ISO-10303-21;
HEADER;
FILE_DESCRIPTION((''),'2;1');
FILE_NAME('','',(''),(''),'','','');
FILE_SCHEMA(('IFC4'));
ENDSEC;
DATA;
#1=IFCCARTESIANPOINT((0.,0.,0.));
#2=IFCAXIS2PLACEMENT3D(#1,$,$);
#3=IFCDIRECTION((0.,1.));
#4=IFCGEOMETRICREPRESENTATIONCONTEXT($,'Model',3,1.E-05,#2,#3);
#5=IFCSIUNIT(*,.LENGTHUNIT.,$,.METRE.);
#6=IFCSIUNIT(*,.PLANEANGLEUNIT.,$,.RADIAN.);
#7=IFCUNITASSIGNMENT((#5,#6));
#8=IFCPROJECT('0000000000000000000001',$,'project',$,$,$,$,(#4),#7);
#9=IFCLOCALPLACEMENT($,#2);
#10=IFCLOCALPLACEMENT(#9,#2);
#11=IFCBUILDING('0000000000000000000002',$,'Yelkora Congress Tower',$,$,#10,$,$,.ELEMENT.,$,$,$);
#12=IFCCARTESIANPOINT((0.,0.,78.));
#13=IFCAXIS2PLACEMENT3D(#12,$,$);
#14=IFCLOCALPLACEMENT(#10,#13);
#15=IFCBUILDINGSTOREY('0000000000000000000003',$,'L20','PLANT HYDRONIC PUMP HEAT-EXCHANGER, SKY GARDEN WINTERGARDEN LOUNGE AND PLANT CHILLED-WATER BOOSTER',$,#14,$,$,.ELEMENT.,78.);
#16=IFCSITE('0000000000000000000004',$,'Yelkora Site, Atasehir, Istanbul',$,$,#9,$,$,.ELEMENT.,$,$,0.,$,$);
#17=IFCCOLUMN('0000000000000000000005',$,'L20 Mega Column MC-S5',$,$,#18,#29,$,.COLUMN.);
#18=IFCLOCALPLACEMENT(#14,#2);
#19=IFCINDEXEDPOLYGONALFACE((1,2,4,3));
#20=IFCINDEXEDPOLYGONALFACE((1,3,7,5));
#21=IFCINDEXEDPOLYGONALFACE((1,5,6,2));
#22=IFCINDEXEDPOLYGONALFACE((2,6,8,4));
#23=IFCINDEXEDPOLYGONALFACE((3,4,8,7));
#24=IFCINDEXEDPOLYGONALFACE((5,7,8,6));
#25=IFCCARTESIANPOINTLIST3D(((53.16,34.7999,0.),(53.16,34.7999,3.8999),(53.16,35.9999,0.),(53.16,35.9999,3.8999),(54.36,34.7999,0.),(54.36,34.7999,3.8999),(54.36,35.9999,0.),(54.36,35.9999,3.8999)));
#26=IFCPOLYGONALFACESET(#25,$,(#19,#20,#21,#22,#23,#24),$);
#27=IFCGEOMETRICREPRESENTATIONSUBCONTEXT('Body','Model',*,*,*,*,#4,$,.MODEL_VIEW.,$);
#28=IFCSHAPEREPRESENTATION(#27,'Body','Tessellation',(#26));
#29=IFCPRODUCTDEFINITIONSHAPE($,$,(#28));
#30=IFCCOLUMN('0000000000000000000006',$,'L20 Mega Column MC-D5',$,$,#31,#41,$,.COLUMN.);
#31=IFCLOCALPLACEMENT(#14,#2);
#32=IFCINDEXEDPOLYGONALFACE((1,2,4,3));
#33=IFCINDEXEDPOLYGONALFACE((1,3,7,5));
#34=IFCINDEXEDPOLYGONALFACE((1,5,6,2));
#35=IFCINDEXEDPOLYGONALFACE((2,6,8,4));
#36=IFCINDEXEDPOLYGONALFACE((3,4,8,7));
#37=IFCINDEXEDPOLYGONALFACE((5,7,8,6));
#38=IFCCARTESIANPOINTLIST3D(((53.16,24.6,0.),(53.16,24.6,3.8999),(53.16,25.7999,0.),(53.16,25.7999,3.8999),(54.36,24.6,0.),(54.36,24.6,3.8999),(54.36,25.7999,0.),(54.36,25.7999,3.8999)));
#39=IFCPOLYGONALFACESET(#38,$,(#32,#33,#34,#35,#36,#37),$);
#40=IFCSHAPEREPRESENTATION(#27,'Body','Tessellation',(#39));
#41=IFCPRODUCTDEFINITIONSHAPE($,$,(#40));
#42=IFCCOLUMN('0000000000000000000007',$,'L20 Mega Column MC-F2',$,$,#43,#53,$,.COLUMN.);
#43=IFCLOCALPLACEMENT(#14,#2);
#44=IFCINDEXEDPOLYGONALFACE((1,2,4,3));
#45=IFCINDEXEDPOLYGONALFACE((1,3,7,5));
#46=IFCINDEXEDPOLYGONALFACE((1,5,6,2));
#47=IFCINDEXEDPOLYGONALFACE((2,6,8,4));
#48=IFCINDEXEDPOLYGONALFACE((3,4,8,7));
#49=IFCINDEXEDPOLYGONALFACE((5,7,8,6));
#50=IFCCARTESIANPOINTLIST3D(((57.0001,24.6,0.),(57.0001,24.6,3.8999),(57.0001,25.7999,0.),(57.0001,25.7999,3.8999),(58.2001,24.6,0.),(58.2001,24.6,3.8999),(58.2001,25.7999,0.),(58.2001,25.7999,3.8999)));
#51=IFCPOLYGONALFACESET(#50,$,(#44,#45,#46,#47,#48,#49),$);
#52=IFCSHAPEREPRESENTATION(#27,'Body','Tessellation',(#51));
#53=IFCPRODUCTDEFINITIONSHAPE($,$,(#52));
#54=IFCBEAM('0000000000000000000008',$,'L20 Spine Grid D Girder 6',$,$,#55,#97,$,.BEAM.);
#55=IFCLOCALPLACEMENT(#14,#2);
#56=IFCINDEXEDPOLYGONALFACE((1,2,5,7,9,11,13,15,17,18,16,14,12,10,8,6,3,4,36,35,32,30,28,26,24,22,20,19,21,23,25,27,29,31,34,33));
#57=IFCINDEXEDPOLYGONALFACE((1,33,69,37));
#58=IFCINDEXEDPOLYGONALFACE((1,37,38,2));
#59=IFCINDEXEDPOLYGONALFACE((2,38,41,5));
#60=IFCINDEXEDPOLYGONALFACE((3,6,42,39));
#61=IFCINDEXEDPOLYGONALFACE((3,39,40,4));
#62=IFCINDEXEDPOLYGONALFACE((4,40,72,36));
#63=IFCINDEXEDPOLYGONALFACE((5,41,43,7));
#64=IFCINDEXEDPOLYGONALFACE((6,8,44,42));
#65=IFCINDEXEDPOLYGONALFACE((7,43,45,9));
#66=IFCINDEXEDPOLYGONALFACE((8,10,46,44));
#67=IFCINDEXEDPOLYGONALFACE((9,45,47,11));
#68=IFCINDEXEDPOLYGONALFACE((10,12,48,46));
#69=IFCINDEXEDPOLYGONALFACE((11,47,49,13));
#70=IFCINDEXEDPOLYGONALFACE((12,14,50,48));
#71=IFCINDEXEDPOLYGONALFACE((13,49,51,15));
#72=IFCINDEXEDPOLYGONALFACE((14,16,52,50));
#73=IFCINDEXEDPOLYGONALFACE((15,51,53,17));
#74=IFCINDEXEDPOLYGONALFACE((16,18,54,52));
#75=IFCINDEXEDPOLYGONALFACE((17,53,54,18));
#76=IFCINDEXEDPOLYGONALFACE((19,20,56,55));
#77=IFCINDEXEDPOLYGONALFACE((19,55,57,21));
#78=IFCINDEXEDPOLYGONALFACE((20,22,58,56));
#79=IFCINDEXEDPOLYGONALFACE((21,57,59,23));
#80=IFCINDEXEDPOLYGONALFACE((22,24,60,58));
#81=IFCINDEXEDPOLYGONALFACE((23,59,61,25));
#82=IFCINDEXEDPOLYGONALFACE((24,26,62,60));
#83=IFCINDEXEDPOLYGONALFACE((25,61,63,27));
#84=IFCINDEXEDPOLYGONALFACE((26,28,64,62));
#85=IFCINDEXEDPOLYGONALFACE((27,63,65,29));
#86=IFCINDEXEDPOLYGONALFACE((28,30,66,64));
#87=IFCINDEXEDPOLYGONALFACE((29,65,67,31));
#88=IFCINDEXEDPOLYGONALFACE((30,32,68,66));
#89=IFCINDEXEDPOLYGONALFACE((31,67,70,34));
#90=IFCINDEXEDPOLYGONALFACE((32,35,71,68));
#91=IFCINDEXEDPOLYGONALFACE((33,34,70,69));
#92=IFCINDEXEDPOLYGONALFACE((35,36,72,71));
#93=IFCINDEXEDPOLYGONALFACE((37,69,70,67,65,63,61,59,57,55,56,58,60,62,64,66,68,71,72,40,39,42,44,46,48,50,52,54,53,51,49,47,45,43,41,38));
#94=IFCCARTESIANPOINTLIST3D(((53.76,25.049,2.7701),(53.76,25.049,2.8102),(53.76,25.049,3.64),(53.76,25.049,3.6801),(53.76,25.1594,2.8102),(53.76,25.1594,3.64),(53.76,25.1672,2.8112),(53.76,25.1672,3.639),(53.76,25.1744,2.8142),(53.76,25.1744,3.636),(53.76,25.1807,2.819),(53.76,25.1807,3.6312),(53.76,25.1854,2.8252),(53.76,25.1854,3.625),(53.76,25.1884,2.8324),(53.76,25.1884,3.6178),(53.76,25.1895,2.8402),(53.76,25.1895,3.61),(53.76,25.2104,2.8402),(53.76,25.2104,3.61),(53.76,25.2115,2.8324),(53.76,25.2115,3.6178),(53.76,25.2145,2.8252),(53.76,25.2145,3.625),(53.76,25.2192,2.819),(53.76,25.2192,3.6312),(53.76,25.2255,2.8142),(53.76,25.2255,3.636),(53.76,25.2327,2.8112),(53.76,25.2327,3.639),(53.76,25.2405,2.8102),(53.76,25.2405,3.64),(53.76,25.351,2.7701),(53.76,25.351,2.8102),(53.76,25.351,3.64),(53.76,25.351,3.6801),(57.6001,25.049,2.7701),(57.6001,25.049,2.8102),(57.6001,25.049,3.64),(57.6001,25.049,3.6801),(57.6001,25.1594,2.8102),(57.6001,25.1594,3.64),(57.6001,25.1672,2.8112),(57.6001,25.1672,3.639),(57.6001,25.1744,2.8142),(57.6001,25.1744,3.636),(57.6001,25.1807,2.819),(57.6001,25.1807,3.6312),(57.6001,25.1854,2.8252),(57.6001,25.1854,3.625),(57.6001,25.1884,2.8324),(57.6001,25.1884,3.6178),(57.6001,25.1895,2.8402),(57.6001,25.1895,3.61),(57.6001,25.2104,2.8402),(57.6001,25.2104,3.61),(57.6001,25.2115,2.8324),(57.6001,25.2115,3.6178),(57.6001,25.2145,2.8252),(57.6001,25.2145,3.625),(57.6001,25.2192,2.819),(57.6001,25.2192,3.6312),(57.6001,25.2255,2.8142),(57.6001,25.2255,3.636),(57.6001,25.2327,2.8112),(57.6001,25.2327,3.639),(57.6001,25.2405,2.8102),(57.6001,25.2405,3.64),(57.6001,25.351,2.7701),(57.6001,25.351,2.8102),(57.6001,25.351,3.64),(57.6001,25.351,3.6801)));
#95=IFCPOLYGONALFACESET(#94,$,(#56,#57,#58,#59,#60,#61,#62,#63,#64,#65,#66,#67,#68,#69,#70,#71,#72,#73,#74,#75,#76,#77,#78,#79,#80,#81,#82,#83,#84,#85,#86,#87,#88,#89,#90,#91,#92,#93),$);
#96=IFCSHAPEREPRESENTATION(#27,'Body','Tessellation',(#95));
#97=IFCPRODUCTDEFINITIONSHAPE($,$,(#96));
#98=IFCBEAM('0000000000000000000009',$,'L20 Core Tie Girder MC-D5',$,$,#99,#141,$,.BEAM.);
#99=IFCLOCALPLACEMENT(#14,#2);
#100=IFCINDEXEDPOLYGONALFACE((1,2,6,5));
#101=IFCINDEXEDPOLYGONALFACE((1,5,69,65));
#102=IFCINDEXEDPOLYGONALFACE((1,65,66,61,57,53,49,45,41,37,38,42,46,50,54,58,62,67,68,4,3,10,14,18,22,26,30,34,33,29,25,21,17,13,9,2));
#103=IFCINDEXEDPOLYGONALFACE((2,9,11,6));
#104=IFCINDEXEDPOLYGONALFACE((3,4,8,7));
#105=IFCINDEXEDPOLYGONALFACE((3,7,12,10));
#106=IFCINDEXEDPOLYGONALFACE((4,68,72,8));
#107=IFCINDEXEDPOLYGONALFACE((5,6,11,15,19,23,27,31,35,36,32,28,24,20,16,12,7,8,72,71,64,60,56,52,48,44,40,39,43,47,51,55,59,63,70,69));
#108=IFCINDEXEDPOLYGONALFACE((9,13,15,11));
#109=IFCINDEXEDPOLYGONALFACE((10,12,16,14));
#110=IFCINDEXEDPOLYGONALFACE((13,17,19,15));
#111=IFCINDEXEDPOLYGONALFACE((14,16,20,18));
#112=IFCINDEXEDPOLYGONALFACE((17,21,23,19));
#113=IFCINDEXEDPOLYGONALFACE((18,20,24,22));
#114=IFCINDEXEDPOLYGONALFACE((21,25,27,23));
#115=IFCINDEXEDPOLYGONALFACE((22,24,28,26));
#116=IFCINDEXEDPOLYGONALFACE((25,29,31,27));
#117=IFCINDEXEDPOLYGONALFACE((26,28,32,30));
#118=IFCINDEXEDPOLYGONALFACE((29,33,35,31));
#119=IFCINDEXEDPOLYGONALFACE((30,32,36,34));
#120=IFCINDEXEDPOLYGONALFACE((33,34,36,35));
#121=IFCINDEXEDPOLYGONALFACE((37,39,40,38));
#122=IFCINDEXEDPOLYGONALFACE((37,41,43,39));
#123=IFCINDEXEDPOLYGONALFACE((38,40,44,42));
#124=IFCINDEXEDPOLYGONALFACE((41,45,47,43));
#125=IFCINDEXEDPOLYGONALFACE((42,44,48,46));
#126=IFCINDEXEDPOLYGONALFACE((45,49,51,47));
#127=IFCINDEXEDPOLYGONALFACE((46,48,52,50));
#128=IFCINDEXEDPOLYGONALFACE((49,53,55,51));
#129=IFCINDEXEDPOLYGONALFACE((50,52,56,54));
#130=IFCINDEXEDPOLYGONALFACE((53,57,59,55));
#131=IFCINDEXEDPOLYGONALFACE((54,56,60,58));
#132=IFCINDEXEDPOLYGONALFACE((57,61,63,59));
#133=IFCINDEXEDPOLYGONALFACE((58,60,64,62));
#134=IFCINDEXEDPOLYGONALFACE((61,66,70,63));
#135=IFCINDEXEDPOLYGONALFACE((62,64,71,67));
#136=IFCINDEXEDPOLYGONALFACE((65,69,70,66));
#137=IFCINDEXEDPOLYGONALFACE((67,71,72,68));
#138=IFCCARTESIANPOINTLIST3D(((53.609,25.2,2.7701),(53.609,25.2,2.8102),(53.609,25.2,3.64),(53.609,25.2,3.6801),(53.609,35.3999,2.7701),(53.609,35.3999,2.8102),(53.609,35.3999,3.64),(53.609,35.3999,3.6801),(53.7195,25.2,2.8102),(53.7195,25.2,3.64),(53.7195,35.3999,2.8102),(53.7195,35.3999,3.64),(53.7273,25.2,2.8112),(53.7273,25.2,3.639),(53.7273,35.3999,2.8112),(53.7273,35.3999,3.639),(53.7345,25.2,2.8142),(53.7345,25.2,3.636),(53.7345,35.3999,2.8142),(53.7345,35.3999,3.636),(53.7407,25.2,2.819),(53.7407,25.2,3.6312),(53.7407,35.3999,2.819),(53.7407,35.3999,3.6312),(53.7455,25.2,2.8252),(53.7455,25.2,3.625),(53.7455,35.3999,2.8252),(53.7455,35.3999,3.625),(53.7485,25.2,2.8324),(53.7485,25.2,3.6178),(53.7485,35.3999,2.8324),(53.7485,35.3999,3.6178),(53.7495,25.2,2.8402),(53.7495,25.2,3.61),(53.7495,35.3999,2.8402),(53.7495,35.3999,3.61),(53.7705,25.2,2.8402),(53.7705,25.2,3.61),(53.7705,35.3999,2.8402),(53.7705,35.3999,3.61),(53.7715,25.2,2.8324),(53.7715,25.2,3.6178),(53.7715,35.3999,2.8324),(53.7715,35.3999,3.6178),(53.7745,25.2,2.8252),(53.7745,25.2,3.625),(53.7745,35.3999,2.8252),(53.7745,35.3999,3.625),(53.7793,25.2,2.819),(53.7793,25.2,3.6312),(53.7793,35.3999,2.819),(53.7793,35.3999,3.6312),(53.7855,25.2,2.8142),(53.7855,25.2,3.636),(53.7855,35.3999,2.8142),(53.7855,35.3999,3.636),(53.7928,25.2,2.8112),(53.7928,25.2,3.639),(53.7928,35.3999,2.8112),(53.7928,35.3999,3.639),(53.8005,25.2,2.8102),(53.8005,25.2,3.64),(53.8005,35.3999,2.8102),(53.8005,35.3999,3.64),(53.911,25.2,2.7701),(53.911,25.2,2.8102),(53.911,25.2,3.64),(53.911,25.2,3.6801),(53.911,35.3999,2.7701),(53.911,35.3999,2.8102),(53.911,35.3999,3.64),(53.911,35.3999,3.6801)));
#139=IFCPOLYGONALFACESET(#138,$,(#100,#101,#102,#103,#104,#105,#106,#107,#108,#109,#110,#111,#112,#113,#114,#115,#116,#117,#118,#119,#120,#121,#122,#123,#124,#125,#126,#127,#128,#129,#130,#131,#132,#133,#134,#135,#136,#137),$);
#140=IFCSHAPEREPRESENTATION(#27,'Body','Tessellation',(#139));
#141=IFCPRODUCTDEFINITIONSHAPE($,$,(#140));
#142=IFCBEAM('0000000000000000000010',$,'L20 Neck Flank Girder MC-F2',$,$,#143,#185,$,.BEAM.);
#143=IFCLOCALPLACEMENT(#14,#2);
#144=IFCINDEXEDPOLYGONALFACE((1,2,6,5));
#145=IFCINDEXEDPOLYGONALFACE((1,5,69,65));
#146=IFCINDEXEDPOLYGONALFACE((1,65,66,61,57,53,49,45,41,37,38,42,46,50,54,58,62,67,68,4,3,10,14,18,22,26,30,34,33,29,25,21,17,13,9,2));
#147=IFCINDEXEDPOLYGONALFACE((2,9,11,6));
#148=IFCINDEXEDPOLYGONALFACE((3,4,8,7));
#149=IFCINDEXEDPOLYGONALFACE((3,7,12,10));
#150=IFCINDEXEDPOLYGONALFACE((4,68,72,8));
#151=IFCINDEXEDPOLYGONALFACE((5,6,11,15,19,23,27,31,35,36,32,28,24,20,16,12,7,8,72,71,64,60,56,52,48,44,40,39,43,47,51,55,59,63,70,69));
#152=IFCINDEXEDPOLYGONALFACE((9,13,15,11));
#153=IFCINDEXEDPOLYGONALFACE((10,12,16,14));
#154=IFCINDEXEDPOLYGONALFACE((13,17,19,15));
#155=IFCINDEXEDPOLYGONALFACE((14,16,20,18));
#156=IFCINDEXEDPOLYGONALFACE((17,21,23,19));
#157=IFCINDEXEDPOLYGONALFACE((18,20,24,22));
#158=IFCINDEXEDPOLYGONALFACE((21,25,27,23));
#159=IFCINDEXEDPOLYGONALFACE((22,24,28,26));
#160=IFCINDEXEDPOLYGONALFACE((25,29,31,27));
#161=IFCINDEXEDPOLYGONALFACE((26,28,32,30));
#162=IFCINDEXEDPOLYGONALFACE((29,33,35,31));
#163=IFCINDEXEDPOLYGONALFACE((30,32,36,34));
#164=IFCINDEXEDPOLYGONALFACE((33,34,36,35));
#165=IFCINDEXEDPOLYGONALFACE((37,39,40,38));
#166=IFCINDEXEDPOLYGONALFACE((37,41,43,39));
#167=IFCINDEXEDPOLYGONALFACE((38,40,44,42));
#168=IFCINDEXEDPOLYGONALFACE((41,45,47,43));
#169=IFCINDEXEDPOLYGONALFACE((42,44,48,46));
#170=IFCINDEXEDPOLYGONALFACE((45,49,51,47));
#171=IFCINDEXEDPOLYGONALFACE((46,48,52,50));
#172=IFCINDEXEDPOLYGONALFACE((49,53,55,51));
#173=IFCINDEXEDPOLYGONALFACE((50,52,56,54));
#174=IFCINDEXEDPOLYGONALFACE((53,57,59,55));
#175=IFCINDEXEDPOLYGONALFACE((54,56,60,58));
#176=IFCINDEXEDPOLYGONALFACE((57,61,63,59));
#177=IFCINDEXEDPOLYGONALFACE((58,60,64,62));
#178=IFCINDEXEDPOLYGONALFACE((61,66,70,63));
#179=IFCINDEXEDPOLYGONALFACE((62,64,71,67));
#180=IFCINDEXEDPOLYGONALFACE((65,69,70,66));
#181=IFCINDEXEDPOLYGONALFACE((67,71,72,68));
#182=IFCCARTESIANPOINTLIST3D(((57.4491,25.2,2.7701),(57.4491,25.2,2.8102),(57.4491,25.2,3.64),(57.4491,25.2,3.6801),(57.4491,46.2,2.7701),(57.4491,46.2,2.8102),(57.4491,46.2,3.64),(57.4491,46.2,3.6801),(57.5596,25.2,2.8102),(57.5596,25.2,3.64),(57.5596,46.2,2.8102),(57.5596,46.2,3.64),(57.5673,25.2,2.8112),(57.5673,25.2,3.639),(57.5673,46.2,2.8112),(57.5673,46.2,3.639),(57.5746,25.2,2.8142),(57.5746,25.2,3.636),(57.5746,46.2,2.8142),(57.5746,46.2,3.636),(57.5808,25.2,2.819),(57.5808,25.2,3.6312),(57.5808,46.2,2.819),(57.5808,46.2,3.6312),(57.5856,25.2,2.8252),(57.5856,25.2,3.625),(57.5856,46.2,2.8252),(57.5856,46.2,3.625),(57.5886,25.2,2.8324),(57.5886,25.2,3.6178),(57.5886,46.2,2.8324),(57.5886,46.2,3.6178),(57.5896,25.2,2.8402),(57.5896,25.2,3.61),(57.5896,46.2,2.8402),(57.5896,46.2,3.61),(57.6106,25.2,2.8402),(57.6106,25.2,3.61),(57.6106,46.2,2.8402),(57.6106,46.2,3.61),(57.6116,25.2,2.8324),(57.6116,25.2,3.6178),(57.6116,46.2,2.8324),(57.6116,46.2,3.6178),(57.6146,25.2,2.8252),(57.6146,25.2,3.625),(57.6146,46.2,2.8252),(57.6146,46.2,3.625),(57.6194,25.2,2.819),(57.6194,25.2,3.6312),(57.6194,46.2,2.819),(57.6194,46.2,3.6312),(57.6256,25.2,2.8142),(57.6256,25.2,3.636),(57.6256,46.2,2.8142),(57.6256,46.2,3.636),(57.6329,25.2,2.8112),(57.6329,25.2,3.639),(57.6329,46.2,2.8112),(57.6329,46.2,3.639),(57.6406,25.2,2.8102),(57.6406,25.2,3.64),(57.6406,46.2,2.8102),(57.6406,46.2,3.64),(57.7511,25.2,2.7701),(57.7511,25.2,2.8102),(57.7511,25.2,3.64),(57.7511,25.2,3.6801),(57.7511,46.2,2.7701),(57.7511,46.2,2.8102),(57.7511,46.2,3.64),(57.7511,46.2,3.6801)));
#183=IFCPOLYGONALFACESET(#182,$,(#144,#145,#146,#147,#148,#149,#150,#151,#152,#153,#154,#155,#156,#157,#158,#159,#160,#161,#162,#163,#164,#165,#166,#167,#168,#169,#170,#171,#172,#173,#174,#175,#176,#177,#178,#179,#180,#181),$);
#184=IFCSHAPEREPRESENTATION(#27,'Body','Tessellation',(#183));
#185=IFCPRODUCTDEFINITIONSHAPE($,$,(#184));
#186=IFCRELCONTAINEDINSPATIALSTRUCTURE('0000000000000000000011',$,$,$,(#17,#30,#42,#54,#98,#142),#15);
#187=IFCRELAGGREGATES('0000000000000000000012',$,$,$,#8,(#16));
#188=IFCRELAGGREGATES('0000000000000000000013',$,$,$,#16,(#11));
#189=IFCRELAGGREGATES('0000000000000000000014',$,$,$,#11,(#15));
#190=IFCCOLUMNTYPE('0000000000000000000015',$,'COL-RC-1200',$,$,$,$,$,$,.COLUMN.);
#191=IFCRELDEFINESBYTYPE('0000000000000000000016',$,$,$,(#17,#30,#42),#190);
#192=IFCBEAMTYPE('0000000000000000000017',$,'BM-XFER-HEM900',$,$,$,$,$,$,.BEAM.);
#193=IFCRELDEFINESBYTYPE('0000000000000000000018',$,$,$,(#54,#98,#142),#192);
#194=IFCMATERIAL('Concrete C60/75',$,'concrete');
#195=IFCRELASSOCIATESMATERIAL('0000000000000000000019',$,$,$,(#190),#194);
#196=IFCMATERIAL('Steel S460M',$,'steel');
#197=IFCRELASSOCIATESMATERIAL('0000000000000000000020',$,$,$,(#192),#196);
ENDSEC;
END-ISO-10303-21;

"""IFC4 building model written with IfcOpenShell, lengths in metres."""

from ifc_helpers import new_model, si_unit, direction, frame, origin, origin_2d, place, context, subcontext, project, spatial, rectangle, i_section, extrude, material, material_profile, profile_set, type_object, element, save


model = new_model("IFC4")

# Units and contexts
model_context = context("Model", 3, precision=1e-05, world=origin(), true_north=direction((0.0, 1.0)))
body_context = subcontext(model_context, "Body", "Model", "MODEL_VIEW")
ifc_project = project(units=[si_unit("LENGTHUNIT", "METRE"), si_unit("PLANEANGLEUNIT", "RADIAN")], contexts=[model_context])

# Site, building, storey
site_placement = place(None, origin())
site = spatial("IfcSite", under=ifc_project, at=site_placement, Name="Yelkora Site, Atasehir, Istanbul", CompositionType="ELEMENT", RefElevation=0.0)
building_placement = place(site_placement, origin())
building = spatial("IfcBuilding", under=site, at=building_placement, Name="Yelkora Congress Tower", CompositionType="ELEMENT")
storey_placement = place(building_placement, frame((0.0, 0.0, 78.0)))
storey = spatial("IfcBuildingStorey", under=building, at=storey_placement, Name="L20", Description="PLANT HYDRONIC PUMP HEAT-EXCHANGER, SKY GARDEN WINTERGARDEN LOUNGE AND PLANT CHILLED-WATER BOOSTER", CompositionType="ELEMENT", Elevation=78.0)

# Columns
ifc_material_1 = material(Name="Concrete C60/75", Category="concrete")
ifc_material_profile_1 = material_profile(ifc_material_1, rectangle(XDim=1.2, YDim=1.2, at=origin_2d()), Name="RC 1200x1200")
ifc_profile_set_1 = profile_set([ifc_material_profile_1], Name="Concrete C60/75")
column_type = type_object("IfcColumnType", Name="COL-RC-1200", PredefinedType="COLUMN", material=ifc_profile_set_1)
for number, where, z_axis, x_axis, name in (
    (1, (53.76, 35.3999, 0.0), (0.0, 0.0, 1.0), (1.0, 0.0, 0.0), "L20 Mega Column MC-S5"),
    (2, (53.76, 25.2, 0.0), (0.0, 0.0, 1.0), (1.0, 0.0, 0.0), "L20 Mega Column MC-D5"),
    (3, (57.6001, 25.2, 0.0), (0.0, 0.0, 1.0), (1.0, 0.0, 0.0), "L20 Mega Column MC-F2"),
):
    element("IfcColumn", number, at=place(storey_placement, frame(where, z_axis=z_axis, x_axis=x_axis)), inside=storey, type_object=column_type, Name=name, PredefinedType="COLUMN", context=body_context, shape_type="SweptSolid", body=[
        extrude(rectangle(XDim=1.2, YDim=1.2, at=origin_2d()), origin(), (0.0, 0.0, 1.0), 3.8999),
    ])

# Beams
ifc_material_2 = material(Name="Steel S460M", Category="steel")
ifc_material_profile_2 = material_profile(ifc_material_2, i_section(OverallWidth=0.302, OverallDepth=0.9099, WebThickness=0.021, FlangeThickness=0.04, FilletRadius=0.03, at=origin_2d()), Name="HEM 900")
ifc_profile_set_2 = profile_set([ifc_material_profile_2], Name="Steel S460M")
beam_type = type_object("IfcBeamType", Name="BM-XFER-HEM900", PredefinedType="BEAM", material=ifc_profile_set_2)
beam_1_placement = place(storey_placement, frame((53.76, 25.2, 3.2251), z_axis=(1.0, 0.0, 0.0), x_axis=(0.0, 1.0, 0.0)))
element("IfcBeam", 4, at=beam_1_placement, inside=storey, type_object=beam_type, Name="L20 Spine Grid D Girder 6", PredefinedType="BEAM", context=body_context, shape_type="SweptSolid", body=[
    extrude(i_section(OverallWidth=0.302, OverallDepth=0.9099, WebThickness=0.021, FlangeThickness=0.04, FilletRadius=0.03, at=origin_2d()), origin(), (0.0, 0.0, 1.0), 3.8401),
])
beam_2_placement = place(storey_placement, frame((53.76, 25.2, 3.2251), z_axis=(0.0, 1.0, 0.0), x_axis=(-1.0, 0.0, 0.0)))
element("IfcBeam", 5, at=beam_2_placement, inside=storey, type_object=beam_type, Name="L20 Core Tie Girder MC-D5", PredefinedType="BEAM", context=body_context, shape_type="SweptSolid", body=[
    extrude(i_section(OverallWidth=0.302, OverallDepth=0.9099, WebThickness=0.021, FlangeThickness=0.04, FilletRadius=0.03, at=origin_2d()), origin(), (0.0, 0.0, 1.0), 10.2),
])
beam_3_placement = place(storey_placement, frame((57.6001, 25.2, 3.2251), z_axis=(0.0, 1.0, 0.0), x_axis=(-1.0, 0.0, 0.0)))
element("IfcBeam", 6, at=beam_3_placement, inside=storey, type_object=beam_type, Name="L20 Neck Flank Girder MC-F2", PredefinedType="BEAM", context=body_context, shape_type="SweptSolid", body=[
    extrude(i_section(OverallWidth=0.302, OverallDepth=0.9099, WebThickness=0.021, FlangeThickness=0.04, FilletRadius=0.03, at=origin_2d()), origin(), (0.0, 0.0, 1.0), 21.0),
])

save(model, "model.ifc")
